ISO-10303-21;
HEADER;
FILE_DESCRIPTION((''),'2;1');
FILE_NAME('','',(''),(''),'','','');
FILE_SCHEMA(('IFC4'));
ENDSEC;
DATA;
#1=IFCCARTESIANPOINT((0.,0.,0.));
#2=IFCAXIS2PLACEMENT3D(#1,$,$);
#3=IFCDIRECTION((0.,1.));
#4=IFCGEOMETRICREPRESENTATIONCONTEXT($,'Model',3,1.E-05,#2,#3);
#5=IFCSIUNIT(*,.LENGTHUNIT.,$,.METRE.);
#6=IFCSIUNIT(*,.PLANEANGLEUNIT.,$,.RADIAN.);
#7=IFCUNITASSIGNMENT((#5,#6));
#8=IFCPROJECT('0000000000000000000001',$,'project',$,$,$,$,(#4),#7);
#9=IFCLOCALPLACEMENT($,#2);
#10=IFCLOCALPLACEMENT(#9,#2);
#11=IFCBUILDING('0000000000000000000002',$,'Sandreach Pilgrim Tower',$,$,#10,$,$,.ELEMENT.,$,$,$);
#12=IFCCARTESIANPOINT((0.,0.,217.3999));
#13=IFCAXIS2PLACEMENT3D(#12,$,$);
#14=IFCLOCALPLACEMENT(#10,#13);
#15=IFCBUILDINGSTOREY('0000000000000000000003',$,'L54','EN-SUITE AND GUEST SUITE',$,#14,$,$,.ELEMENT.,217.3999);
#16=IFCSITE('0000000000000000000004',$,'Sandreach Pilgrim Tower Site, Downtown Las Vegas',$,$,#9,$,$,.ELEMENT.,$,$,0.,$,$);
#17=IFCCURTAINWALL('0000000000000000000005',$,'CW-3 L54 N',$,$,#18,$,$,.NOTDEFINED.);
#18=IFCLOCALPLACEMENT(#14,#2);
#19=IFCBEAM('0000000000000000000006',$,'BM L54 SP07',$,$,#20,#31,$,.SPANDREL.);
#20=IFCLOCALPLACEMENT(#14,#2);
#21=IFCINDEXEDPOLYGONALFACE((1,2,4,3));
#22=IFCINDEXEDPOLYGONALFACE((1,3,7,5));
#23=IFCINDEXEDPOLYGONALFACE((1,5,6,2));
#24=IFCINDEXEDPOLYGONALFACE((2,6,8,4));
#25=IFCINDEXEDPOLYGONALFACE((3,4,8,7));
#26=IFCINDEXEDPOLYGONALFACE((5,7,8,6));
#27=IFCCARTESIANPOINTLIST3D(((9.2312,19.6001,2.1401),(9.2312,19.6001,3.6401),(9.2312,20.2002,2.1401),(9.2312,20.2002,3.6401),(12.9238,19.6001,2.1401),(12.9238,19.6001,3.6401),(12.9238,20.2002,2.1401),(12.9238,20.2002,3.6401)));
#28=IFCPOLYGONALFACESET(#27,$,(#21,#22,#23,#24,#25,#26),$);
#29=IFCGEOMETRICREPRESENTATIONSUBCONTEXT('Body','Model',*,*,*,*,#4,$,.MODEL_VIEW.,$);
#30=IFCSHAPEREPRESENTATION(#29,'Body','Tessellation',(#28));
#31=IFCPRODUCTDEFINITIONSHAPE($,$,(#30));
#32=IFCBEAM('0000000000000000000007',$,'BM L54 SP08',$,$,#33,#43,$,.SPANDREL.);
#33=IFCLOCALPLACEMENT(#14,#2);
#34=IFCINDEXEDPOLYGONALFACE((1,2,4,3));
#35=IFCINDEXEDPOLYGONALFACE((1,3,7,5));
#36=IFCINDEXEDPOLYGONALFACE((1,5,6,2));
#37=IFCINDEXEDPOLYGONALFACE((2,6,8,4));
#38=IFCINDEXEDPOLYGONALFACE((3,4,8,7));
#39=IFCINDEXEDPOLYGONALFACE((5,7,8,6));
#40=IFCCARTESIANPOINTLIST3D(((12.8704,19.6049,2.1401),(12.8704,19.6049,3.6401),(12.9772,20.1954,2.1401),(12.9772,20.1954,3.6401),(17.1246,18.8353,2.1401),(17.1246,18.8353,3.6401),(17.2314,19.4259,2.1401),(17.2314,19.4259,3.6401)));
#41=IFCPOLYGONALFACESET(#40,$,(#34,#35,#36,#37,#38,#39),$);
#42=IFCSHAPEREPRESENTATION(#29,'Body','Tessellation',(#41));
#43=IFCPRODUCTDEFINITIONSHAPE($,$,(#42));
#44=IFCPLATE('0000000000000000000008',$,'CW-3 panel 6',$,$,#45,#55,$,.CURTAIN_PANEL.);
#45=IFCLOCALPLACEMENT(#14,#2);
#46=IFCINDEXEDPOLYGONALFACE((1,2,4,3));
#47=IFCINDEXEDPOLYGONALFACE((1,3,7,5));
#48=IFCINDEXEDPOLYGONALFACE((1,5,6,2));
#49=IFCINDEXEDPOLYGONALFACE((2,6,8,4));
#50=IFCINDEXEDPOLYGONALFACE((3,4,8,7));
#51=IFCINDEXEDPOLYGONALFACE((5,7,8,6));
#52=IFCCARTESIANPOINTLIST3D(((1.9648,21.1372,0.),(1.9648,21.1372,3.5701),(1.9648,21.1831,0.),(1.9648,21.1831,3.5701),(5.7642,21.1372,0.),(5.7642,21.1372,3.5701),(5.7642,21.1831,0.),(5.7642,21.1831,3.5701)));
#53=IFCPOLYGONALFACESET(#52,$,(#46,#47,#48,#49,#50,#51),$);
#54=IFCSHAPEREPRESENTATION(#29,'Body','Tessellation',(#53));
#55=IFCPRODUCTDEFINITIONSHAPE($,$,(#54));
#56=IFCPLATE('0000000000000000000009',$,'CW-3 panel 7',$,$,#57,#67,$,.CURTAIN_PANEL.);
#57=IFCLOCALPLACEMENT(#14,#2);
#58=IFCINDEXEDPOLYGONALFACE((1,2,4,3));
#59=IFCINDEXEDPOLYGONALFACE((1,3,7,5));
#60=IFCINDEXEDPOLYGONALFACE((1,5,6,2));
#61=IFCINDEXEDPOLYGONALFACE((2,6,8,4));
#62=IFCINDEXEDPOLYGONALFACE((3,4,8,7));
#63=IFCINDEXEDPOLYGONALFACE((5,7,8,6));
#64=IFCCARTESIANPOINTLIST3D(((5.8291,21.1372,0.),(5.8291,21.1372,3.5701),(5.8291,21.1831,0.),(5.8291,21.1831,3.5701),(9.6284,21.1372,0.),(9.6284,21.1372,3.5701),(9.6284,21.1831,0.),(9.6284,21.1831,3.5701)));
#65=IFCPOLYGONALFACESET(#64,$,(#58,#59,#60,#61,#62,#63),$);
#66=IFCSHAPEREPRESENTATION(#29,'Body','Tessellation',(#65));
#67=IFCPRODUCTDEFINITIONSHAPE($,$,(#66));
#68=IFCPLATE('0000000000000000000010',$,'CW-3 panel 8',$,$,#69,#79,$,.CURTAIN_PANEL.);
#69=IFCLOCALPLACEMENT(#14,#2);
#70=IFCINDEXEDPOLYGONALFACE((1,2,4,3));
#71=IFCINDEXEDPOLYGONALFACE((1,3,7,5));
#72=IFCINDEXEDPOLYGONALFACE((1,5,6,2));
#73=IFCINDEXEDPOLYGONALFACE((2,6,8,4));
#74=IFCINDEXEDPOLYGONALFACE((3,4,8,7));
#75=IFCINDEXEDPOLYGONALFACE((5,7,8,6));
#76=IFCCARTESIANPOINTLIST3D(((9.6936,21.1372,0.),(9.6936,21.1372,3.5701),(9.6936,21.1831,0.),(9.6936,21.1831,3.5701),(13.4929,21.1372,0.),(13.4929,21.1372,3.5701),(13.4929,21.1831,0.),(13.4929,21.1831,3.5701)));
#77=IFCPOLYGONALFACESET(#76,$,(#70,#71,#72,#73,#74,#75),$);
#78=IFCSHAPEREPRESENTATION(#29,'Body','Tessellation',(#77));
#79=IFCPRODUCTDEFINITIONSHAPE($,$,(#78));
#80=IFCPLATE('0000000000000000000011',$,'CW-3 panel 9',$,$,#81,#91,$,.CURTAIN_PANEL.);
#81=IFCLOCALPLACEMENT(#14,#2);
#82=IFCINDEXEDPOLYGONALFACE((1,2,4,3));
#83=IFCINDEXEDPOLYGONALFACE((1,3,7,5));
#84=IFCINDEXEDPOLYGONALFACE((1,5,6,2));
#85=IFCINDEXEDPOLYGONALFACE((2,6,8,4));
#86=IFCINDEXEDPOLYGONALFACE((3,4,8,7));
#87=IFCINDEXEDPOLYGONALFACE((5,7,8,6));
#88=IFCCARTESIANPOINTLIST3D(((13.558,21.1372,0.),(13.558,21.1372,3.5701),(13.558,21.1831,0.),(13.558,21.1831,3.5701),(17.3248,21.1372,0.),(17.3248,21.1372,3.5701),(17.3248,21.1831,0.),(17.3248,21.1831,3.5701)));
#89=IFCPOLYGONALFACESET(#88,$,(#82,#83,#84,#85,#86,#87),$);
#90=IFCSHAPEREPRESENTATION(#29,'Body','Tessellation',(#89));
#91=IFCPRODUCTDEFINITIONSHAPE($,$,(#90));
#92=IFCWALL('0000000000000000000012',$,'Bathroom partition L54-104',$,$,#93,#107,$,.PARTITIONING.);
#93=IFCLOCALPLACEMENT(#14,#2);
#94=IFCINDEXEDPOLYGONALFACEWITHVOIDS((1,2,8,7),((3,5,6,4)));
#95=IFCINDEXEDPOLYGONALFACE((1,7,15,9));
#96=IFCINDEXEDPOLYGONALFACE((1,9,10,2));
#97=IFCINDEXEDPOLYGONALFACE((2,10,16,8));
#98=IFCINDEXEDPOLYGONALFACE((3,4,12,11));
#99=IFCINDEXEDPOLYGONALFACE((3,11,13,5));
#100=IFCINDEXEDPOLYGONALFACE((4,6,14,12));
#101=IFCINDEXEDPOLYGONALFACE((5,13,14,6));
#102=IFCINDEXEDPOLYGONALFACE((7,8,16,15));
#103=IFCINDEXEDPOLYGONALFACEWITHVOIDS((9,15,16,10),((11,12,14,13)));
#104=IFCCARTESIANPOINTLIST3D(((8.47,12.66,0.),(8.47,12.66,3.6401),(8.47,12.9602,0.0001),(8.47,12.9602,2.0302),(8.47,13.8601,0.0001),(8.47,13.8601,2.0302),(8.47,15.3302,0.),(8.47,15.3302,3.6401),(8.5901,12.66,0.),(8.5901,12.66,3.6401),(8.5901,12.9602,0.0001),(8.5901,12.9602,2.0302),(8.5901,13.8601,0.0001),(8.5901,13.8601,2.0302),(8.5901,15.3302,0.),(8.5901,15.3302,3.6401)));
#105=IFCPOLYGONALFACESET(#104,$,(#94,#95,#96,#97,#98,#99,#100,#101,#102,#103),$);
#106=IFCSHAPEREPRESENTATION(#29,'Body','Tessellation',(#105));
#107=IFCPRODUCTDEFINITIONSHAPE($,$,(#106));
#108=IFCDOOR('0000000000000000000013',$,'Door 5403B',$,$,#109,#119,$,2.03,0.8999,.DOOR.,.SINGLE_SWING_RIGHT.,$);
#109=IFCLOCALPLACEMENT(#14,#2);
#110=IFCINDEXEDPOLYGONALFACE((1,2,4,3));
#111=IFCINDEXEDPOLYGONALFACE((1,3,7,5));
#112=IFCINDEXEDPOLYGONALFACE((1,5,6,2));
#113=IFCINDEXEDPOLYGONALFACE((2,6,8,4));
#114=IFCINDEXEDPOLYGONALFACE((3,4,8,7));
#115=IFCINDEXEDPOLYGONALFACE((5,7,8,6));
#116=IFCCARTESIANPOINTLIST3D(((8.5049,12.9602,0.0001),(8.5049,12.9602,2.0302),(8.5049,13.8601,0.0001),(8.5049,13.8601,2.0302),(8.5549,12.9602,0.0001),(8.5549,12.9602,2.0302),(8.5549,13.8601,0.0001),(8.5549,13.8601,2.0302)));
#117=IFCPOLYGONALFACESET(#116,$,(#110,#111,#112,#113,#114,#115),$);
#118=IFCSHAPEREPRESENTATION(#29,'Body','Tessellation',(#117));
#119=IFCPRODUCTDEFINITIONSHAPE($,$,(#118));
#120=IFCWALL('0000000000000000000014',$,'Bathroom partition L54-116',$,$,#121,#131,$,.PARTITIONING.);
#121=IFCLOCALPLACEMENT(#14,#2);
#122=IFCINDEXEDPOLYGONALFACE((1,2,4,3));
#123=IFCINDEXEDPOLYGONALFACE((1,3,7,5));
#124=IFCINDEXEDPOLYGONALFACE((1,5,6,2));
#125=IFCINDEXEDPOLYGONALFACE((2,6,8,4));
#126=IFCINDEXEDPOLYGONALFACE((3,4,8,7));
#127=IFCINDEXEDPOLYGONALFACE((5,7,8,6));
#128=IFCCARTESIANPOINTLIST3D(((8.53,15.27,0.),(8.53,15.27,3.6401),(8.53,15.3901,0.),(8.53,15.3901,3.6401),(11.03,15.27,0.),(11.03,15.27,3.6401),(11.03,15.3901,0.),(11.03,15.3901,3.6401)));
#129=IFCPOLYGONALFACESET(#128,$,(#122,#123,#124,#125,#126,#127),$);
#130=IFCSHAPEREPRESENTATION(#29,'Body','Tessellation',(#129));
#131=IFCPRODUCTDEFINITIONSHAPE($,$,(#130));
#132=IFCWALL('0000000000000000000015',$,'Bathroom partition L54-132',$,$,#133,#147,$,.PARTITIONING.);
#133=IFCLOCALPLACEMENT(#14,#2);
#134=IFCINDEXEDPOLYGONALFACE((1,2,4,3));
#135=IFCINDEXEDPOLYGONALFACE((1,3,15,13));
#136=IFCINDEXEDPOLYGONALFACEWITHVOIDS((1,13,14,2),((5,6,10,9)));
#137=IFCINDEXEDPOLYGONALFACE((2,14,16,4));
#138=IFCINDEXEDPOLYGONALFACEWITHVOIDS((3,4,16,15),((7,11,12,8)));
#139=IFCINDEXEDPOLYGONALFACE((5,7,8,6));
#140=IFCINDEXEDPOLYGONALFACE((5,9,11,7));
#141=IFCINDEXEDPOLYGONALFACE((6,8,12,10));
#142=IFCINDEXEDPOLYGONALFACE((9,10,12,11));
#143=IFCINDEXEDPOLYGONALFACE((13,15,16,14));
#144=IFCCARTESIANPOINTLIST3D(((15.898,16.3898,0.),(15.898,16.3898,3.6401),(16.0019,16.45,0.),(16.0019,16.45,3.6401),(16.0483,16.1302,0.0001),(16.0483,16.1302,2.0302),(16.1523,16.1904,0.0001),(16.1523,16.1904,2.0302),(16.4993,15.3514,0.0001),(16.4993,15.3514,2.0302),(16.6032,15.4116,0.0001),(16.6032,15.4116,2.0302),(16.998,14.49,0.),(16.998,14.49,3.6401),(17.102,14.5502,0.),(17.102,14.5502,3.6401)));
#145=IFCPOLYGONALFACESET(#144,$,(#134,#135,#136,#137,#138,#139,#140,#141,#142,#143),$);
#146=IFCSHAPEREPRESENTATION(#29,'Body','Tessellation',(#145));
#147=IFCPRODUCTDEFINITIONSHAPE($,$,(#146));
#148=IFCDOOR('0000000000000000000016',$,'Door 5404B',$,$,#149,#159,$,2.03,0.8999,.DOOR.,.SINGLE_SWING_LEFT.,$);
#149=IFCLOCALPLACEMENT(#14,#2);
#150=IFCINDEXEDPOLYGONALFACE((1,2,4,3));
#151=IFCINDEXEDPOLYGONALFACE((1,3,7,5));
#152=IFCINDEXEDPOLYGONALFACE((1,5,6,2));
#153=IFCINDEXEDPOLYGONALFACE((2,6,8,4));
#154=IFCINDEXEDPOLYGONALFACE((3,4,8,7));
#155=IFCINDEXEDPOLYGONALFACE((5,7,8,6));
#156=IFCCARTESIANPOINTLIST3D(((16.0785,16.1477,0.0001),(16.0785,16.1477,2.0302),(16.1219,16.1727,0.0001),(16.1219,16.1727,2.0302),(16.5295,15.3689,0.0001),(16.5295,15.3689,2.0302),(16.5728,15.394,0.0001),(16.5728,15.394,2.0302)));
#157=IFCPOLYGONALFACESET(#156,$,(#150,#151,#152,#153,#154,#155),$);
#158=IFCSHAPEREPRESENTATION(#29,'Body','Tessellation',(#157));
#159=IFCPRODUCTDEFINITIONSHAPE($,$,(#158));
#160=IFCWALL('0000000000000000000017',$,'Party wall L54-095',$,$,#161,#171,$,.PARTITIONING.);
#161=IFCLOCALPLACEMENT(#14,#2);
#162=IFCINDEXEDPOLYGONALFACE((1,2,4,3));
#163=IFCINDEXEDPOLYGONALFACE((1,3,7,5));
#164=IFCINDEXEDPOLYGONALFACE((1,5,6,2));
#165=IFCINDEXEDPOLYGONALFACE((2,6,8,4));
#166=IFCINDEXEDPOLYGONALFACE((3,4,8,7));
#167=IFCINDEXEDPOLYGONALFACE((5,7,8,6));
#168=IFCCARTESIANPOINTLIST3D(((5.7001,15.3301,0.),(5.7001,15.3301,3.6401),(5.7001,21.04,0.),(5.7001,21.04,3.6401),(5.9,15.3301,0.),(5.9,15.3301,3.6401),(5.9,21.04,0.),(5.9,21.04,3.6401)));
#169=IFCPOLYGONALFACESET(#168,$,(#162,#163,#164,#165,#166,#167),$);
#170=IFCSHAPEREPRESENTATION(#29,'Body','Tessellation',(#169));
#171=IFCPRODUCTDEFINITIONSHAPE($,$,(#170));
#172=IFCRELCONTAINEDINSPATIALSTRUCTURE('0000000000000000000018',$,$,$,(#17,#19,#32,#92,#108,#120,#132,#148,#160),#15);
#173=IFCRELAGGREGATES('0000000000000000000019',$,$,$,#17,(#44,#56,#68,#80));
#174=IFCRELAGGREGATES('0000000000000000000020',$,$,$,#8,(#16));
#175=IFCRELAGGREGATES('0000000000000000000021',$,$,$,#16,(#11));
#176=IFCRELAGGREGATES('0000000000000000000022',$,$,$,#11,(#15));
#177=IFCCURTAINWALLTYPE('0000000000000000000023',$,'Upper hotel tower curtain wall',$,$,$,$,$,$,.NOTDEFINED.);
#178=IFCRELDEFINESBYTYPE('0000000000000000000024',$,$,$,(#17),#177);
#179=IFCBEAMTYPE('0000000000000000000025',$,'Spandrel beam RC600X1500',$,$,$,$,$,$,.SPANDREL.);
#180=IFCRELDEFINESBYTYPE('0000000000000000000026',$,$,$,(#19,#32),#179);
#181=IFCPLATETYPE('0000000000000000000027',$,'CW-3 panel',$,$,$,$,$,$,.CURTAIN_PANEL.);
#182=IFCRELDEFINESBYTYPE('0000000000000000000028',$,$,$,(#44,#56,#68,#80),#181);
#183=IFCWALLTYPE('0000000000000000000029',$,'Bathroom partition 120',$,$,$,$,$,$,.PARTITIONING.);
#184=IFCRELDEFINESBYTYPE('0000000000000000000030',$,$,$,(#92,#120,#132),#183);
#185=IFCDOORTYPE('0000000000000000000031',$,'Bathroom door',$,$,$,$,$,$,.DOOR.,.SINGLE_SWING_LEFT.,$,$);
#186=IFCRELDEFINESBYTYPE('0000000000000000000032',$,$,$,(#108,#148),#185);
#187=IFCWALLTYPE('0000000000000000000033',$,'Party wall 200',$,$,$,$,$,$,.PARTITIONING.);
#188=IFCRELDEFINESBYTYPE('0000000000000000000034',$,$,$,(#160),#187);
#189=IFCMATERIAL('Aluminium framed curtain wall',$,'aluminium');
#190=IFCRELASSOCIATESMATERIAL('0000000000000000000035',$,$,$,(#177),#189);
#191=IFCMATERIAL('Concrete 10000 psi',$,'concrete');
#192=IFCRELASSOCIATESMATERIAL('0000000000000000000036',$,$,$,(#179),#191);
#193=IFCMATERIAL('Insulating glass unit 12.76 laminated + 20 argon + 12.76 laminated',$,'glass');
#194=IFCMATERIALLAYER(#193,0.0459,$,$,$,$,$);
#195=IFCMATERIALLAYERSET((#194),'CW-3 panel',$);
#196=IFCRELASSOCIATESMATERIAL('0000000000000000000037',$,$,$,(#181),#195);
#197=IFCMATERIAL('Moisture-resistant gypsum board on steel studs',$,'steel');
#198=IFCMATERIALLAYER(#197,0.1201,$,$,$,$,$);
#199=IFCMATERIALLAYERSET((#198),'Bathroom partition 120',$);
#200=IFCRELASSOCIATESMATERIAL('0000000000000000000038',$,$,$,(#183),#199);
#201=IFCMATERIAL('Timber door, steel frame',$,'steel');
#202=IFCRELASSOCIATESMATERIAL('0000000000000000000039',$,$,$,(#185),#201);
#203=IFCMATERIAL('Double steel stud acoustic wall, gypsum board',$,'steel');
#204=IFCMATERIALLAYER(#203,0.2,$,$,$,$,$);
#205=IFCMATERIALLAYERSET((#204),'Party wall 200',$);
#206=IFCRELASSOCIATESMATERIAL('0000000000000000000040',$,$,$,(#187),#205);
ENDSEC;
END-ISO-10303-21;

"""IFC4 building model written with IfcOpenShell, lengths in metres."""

from ifc_helpers import new_model, si_unit, direction, frame, frame_2d, origin, origin_2d, place, context, subcontext, project, spatial, rectangle, extrude, material, layer, layer_set, material_profile, profile_set, type_object, element, fill, aggregate, save


model = new_model("IFC4")

# Units and contexts
model_context = context("Model", 3, precision=1e-05, world=origin(), true_north=direction((0.0, 1.0)))
body_context = subcontext(model_context, "Body", "Model", "MODEL_VIEW")
ifc_project = project(units=[si_unit("LENGTHUNIT", "METRE"), si_unit("PLANEANGLEUNIT", "RADIAN")], contexts=[model_context])

# Site, building, storey
site_placement = place(None, origin())
site = spatial("IfcSite", under=ifc_project, at=site_placement, Name="Sandreach Pilgrim Tower Site, Downtown Las Vegas", CompositionType="ELEMENT", RefElevation=0.0)
building_placement = place(site_placement, origin())
building = spatial("IfcBuilding", under=site, at=building_placement, Name="Sandreach Pilgrim Tower", CompositionType="ELEMENT")
storey_placement = place(building_placement, frame((0.0, 0.0, 217.3999)))
storey = spatial("IfcBuildingStorey", under=building, at=storey_placement, Name="L54", Description="EN-SUITE AND GUEST SUITE", CompositionType="ELEMENT", Elevation=217.3999)

# Curtain wall
ifc_material_1 = material(Name="Aluminium framed curtain wall", Category="aluminium")
curtain_wall_type = type_object("IfcCurtainWallType", Name="Upper hotel tower curtain wall", PredefinedType="NOTDEFINED", material=ifc_material_1)
curtain_wall_placement = place(storey_placement, origin())
curtain_wall = element("IfcCurtainWall", 1, at=curtain_wall_placement, inside=storey, type_object=curtain_wall_type, Name="CW-3 L54 N", PredefinedType="NOTDEFINED")

# Beams
ifc_material_2 = material(Name="Concrete 10000 psi", Category="concrete")
ifc_material_profile_1 = material_profile(ifc_material_2, rectangle(XDim=0.6001, YDim=1.5, at=origin_2d()), Name="RC600X1500")
ifc_profile_set_1 = profile_set([ifc_material_profile_1], Name="Concrete 10000 psi")
beam_type_1 = type_object("IfcBeamType", Name="Spandrel beam RC600X1500", PredefinedType="SPANDREL", material=ifc_profile_set_1)
beam_1_placement = place(storey_placement, frame((9.2312, 19.9001, 2.8901), z_axis=(1.0, 0.0, 0.0), x_axis=(0.0, 1.0, 0.0)))
element("IfcBeam", 2, at=beam_1_placement, inside=storey, type_object=beam_type_1, Name="BM L54 SP07", PredefinedType="SPANDREL", context=body_context, shape_type="SweptSolid", body=[
    extrude(rectangle(XDim=0.6001, YDim=1.5, at=origin_2d()), origin(), (0.0, 0.0, 1.0), 3.6926),
])
beam_2_placement = place(storey_placement, frame((12.9238, 19.9001, 2.8901), z_axis=(0.98403, -0.178001, 0.0), x_axis=(0.178001, 0.98403, 0.0)))
element("IfcBeam", 3, at=beam_2_placement, inside=storey, type_object=beam_type_1, Name="BM L54 SP08", PredefinedType="SPANDREL", context=body_context, shape_type="SweptSolid", body=[
    extrude(rectangle(XDim=0.6001, YDim=1.5, at=origin_2d()), origin(), (0.0, 0.0, 1.0), 4.3232),
])

# Plates
ifc_material_3 = material(Name="Insulating glass unit 12.76 laminated + 20 argon + 12.76 laminated", Category="glass")
ifc_layer_1 = layer(ifc_material_3, 0.0459)
ifc_layer_set_1 = layer_set([ifc_layer_1], Name="CW-3 panel")
plate_type = type_object("IfcPlateType", Name="CW-3 panel", PredefinedType="CURTAIN_PANEL", material=ifc_layer_set_1)
plate_1_placement = place(storey_placement, frame((3.8645, 21.1602, 0.0), z_axis=(0.0, 0.0, 1.0), x_axis=(1.0, 0.0, 0.0)))
plate_1 = element("IfcPlate", 4, at=plate_1_placement, type_object=plate_type, Name="CW-3 panel 6", PredefinedType="CURTAIN_PANEL", context=body_context, shape_type="SweptSolid", body=[
    extrude(rectangle(XDim=3.7993, YDim=0.0459, at=origin_2d()), origin(), (0.0, 0.0, 1.0), 3.5701),
])
plate_2_placement = place(storey_placement, frame((7.7288, 21.1602, 0.0), z_axis=(0.0, 0.0, 1.0), x_axis=(1.0, 0.0, 0.0)))
plate_2 = element("IfcPlate", 5, at=plate_2_placement, type_object=plate_type, Name="CW-3 panel 7", PredefinedType="CURTAIN_PANEL", context=body_context, shape_type="SweptSolid", body=[
    extrude(rectangle(XDim=3.7993, YDim=0.0459, at=origin_2d()), origin(), (0.0, 0.0, 1.0), 3.5701),
])
plate_3_placement = place(storey_placement, frame((11.5933, 21.1602, 0.0), z_axis=(0.0, 0.0, 1.0), x_axis=(1.0, 0.0, 0.0)))
plate_3 = element("IfcPlate", 6, at=plate_3_placement, type_object=plate_type, Name="CW-3 panel 8", PredefinedType="CURTAIN_PANEL", context=body_context, shape_type="SweptSolid", body=[
    extrude(rectangle(XDim=3.7993, YDim=0.0459, at=origin_2d()), origin(), (0.0, 0.0, 1.0), 3.5701),
])
plate_4_placement = place(storey_placement, frame((15.4414, 21.1602, 0.0), z_axis=(0.0, 0.0, 1.0), x_axis=(1.0, 0.0, 0.0)))
plate_4 = element("IfcPlate", 7, at=plate_4_placement, type_object=plate_type, Name="CW-3 panel 9", PredefinedType="CURTAIN_PANEL", context=body_context, shape_type="SweptSolid", body=[
    extrude(rectangle(XDim=3.7668, YDim=0.0459, at=origin_2d()), origin(), (0.0, 0.0, 1.0), 3.5701),
])
aggregate(curtain_wall, [plate_1, plate_2, plate_3, plate_4])

# Wall, opening, door
ifc_material_4 = material(Name="Moisture-resistant gypsum board on steel studs", Category="steel")
ifc_layer_2 = layer(ifc_material_4, 0.1201)
ifc_layer_set_2 = layer_set([ifc_layer_2], Name="Bathroom partition 120")
wall_type_1 = type_object("IfcWallType", Name="Bathroom partition 120", PredefinedType="PARTITIONING", material=ifc_layer_set_2)
wall_1_placement = place(storey_placement, frame((8.53, 15.3301, 0.0), z_axis=(0.0, 0.0, 1.0), x_axis=(0.0, -1.0, 0.0)))
wall_1 = element("IfcWall", 8, at=wall_1_placement, inside=storey, type_object=wall_type_1, Name="Bathroom partition L54-104", PredefinedType="PARTITIONING", context=body_context, shape_type="SweptSolid", body=[
    extrude(rectangle(XDim=2.6702, YDim=0.1201, at=frame_2d((1.335, 0.0))), origin(), (0.0, 0.0, 1.0), 3.6401),
])
opening_1_placement = place(wall_1_placement, frame((1.47, 0.0, 0.0)))
opening_1 = element("IfcOpeningElement", 9, at=opening_1_placement, cuts=wall_1, PredefinedType="OPENING", context=body_context, shape_type="SweptSolid", body=[
    extrude(rectangle(XDim=0.8999, YDim=2.03, at=frame_2d((0.45, 1.0151))), frame((0.0, 0.0601, 0.0), z_axis=(0.0, -1.0, 0.0), x_axis=(1.0, 0.0, 0.0)), (0.0, 0.0, 1.0), 0.1201),
])
ifc_material_5 = material(Name="Timber door, steel frame", Category="steel")
door_type = type_object("IfcDoorType", Name="Bathroom door", OperationType="SINGLE_SWING_LEFT", PredefinedType="DOOR", material=ifc_material_5)
door_1_placement = place(opening_1_placement, origin())
door_1 = element("IfcDoor", 10, at=door_1_placement, inside=storey, type_object=door_type, Name="Door 5403B", OperationType="SINGLE_SWING_RIGHT", OverallHeight=2.03, OverallWidth=0.8999, PredefinedType="DOOR", context=body_context, shape_type="SweptSolid", body=[
    extrude(rectangle(XDim=0.8999, YDim=2.03, at=frame_2d((0.45, 1.0151))), frame((0.0, 0.0249, 0.0), z_axis=(0.0, -1.0, 0.0), x_axis=(1.0, 0.0, 0.0)), (0.0, 0.0, 1.0), 0.05),
])
fill(opening_1, door_1)

# Wall
wall_2_placement = place(storey_placement, frame((11.03, 15.3301, 0.0), z_axis=(0.0, 0.0, 1.0), x_axis=(-1.0, 0.0, 0.0)))
element("IfcWall", 11, at=wall_2_placement, inside=storey, type_object=wall_type_1, Name="Bathroom partition L54-116", PredefinedType="PARTITIONING", context=body_context, shape_type="SweptSolid", body=[
    extrude(rectangle(XDim=2.5, YDim=0.1201, at=frame_2d((1.25, 0.0))), origin(), (0.0, 0.0, 1.0), 3.6401),
])

# Wall, opening, door
wall_3_placement = place(storey_placement, frame((15.95, 16.4199, 0.0), z_axis=(0.0, 0.0, 1.0), x_axis=(0.501089, -0.865396, 0.0)))
wall_3 = element("IfcWall", 12, at=wall_3_placement, inside=storey, type_object=wall_type_1, Name="Bathroom partition L54-132", PredefinedType="PARTITIONING", context=body_context, shape_type="SweptSolid", body=[
    extrude(rectangle(XDim=2.1953, YDim=0.1201, at=frame_2d((1.0977, 0.0))), origin(), (0.0, 0.0, 1.0), 3.6401),
])
opening_2_placement = place(wall_3_placement, frame((0.3, 0.0, 0.0)))
opening_2 = element("IfcOpeningElement", 13, at=opening_2_placement, cuts=wall_3, PredefinedType="OPENING", context=body_context, shape_type="SweptSolid", body=[
    extrude(rectangle(XDim=0.8999, YDim=2.03, at=frame_2d((0.45, 1.0151))), frame((0.0, 0.0601, 0.0), z_axis=(0.0, -1.0, 0.0), x_axis=(1.0, 0.0, 0.0)), (0.0, 0.0, 1.0), 0.1201),
])
door_2_placement = place(opening_2_placement, origin())
door_2 = element("IfcDoor", 14, at=door_2_placement, inside=storey, type_object=door_type, Name="Door 5404B", OperationType="SINGLE_SWING_LEFT", OverallHeight=2.03, OverallWidth=0.8999, PredefinedType="DOOR", context=body_context, shape_type="SweptSolid", body=[
    extrude(rectangle(XDim=0.8999, YDim=2.03, at=frame_2d((0.45, 1.0151))), frame((0.0, 0.0249, 0.0), z_axis=(0.0, -1.0, 0.0), x_axis=(1.0, 0.0, 0.0)), (0.0, 0.0, 1.0), 0.05),
])
fill(opening_2, door_2)

# Wall
ifc_material_6 = material(Name="Double steel stud acoustic wall, gypsum board", Category="steel")
ifc_layer_3 = layer(ifc_material_6, 0.2)
ifc_layer_set_3 = layer_set([ifc_layer_3], Name="Party wall 200")
wall_type_2 = type_object("IfcWallType", Name="Party wall 200", PredefinedType="PARTITIONING", material=ifc_layer_set_3)
wall_4_placement = place(storey_placement, frame((5.8, 21.04, 0.0), z_axis=(0.0, 0.0, 1.0), x_axis=(0.0, -1.0, 0.0)))
element("IfcWall", 15, at=wall_4_placement, inside=storey, type_object=wall_type_2, Name="Party wall L54-095", PredefinedType="PARTITIONING", context=body_context, shape_type="SweptSolid", body=[
    extrude(rectangle(XDim=5.71, YDim=0.2, at=frame_2d((2.855, 0.0))), origin(), (0.0, 0.0, 1.0), 3.6401),
])

save(model, "model.ifc")
